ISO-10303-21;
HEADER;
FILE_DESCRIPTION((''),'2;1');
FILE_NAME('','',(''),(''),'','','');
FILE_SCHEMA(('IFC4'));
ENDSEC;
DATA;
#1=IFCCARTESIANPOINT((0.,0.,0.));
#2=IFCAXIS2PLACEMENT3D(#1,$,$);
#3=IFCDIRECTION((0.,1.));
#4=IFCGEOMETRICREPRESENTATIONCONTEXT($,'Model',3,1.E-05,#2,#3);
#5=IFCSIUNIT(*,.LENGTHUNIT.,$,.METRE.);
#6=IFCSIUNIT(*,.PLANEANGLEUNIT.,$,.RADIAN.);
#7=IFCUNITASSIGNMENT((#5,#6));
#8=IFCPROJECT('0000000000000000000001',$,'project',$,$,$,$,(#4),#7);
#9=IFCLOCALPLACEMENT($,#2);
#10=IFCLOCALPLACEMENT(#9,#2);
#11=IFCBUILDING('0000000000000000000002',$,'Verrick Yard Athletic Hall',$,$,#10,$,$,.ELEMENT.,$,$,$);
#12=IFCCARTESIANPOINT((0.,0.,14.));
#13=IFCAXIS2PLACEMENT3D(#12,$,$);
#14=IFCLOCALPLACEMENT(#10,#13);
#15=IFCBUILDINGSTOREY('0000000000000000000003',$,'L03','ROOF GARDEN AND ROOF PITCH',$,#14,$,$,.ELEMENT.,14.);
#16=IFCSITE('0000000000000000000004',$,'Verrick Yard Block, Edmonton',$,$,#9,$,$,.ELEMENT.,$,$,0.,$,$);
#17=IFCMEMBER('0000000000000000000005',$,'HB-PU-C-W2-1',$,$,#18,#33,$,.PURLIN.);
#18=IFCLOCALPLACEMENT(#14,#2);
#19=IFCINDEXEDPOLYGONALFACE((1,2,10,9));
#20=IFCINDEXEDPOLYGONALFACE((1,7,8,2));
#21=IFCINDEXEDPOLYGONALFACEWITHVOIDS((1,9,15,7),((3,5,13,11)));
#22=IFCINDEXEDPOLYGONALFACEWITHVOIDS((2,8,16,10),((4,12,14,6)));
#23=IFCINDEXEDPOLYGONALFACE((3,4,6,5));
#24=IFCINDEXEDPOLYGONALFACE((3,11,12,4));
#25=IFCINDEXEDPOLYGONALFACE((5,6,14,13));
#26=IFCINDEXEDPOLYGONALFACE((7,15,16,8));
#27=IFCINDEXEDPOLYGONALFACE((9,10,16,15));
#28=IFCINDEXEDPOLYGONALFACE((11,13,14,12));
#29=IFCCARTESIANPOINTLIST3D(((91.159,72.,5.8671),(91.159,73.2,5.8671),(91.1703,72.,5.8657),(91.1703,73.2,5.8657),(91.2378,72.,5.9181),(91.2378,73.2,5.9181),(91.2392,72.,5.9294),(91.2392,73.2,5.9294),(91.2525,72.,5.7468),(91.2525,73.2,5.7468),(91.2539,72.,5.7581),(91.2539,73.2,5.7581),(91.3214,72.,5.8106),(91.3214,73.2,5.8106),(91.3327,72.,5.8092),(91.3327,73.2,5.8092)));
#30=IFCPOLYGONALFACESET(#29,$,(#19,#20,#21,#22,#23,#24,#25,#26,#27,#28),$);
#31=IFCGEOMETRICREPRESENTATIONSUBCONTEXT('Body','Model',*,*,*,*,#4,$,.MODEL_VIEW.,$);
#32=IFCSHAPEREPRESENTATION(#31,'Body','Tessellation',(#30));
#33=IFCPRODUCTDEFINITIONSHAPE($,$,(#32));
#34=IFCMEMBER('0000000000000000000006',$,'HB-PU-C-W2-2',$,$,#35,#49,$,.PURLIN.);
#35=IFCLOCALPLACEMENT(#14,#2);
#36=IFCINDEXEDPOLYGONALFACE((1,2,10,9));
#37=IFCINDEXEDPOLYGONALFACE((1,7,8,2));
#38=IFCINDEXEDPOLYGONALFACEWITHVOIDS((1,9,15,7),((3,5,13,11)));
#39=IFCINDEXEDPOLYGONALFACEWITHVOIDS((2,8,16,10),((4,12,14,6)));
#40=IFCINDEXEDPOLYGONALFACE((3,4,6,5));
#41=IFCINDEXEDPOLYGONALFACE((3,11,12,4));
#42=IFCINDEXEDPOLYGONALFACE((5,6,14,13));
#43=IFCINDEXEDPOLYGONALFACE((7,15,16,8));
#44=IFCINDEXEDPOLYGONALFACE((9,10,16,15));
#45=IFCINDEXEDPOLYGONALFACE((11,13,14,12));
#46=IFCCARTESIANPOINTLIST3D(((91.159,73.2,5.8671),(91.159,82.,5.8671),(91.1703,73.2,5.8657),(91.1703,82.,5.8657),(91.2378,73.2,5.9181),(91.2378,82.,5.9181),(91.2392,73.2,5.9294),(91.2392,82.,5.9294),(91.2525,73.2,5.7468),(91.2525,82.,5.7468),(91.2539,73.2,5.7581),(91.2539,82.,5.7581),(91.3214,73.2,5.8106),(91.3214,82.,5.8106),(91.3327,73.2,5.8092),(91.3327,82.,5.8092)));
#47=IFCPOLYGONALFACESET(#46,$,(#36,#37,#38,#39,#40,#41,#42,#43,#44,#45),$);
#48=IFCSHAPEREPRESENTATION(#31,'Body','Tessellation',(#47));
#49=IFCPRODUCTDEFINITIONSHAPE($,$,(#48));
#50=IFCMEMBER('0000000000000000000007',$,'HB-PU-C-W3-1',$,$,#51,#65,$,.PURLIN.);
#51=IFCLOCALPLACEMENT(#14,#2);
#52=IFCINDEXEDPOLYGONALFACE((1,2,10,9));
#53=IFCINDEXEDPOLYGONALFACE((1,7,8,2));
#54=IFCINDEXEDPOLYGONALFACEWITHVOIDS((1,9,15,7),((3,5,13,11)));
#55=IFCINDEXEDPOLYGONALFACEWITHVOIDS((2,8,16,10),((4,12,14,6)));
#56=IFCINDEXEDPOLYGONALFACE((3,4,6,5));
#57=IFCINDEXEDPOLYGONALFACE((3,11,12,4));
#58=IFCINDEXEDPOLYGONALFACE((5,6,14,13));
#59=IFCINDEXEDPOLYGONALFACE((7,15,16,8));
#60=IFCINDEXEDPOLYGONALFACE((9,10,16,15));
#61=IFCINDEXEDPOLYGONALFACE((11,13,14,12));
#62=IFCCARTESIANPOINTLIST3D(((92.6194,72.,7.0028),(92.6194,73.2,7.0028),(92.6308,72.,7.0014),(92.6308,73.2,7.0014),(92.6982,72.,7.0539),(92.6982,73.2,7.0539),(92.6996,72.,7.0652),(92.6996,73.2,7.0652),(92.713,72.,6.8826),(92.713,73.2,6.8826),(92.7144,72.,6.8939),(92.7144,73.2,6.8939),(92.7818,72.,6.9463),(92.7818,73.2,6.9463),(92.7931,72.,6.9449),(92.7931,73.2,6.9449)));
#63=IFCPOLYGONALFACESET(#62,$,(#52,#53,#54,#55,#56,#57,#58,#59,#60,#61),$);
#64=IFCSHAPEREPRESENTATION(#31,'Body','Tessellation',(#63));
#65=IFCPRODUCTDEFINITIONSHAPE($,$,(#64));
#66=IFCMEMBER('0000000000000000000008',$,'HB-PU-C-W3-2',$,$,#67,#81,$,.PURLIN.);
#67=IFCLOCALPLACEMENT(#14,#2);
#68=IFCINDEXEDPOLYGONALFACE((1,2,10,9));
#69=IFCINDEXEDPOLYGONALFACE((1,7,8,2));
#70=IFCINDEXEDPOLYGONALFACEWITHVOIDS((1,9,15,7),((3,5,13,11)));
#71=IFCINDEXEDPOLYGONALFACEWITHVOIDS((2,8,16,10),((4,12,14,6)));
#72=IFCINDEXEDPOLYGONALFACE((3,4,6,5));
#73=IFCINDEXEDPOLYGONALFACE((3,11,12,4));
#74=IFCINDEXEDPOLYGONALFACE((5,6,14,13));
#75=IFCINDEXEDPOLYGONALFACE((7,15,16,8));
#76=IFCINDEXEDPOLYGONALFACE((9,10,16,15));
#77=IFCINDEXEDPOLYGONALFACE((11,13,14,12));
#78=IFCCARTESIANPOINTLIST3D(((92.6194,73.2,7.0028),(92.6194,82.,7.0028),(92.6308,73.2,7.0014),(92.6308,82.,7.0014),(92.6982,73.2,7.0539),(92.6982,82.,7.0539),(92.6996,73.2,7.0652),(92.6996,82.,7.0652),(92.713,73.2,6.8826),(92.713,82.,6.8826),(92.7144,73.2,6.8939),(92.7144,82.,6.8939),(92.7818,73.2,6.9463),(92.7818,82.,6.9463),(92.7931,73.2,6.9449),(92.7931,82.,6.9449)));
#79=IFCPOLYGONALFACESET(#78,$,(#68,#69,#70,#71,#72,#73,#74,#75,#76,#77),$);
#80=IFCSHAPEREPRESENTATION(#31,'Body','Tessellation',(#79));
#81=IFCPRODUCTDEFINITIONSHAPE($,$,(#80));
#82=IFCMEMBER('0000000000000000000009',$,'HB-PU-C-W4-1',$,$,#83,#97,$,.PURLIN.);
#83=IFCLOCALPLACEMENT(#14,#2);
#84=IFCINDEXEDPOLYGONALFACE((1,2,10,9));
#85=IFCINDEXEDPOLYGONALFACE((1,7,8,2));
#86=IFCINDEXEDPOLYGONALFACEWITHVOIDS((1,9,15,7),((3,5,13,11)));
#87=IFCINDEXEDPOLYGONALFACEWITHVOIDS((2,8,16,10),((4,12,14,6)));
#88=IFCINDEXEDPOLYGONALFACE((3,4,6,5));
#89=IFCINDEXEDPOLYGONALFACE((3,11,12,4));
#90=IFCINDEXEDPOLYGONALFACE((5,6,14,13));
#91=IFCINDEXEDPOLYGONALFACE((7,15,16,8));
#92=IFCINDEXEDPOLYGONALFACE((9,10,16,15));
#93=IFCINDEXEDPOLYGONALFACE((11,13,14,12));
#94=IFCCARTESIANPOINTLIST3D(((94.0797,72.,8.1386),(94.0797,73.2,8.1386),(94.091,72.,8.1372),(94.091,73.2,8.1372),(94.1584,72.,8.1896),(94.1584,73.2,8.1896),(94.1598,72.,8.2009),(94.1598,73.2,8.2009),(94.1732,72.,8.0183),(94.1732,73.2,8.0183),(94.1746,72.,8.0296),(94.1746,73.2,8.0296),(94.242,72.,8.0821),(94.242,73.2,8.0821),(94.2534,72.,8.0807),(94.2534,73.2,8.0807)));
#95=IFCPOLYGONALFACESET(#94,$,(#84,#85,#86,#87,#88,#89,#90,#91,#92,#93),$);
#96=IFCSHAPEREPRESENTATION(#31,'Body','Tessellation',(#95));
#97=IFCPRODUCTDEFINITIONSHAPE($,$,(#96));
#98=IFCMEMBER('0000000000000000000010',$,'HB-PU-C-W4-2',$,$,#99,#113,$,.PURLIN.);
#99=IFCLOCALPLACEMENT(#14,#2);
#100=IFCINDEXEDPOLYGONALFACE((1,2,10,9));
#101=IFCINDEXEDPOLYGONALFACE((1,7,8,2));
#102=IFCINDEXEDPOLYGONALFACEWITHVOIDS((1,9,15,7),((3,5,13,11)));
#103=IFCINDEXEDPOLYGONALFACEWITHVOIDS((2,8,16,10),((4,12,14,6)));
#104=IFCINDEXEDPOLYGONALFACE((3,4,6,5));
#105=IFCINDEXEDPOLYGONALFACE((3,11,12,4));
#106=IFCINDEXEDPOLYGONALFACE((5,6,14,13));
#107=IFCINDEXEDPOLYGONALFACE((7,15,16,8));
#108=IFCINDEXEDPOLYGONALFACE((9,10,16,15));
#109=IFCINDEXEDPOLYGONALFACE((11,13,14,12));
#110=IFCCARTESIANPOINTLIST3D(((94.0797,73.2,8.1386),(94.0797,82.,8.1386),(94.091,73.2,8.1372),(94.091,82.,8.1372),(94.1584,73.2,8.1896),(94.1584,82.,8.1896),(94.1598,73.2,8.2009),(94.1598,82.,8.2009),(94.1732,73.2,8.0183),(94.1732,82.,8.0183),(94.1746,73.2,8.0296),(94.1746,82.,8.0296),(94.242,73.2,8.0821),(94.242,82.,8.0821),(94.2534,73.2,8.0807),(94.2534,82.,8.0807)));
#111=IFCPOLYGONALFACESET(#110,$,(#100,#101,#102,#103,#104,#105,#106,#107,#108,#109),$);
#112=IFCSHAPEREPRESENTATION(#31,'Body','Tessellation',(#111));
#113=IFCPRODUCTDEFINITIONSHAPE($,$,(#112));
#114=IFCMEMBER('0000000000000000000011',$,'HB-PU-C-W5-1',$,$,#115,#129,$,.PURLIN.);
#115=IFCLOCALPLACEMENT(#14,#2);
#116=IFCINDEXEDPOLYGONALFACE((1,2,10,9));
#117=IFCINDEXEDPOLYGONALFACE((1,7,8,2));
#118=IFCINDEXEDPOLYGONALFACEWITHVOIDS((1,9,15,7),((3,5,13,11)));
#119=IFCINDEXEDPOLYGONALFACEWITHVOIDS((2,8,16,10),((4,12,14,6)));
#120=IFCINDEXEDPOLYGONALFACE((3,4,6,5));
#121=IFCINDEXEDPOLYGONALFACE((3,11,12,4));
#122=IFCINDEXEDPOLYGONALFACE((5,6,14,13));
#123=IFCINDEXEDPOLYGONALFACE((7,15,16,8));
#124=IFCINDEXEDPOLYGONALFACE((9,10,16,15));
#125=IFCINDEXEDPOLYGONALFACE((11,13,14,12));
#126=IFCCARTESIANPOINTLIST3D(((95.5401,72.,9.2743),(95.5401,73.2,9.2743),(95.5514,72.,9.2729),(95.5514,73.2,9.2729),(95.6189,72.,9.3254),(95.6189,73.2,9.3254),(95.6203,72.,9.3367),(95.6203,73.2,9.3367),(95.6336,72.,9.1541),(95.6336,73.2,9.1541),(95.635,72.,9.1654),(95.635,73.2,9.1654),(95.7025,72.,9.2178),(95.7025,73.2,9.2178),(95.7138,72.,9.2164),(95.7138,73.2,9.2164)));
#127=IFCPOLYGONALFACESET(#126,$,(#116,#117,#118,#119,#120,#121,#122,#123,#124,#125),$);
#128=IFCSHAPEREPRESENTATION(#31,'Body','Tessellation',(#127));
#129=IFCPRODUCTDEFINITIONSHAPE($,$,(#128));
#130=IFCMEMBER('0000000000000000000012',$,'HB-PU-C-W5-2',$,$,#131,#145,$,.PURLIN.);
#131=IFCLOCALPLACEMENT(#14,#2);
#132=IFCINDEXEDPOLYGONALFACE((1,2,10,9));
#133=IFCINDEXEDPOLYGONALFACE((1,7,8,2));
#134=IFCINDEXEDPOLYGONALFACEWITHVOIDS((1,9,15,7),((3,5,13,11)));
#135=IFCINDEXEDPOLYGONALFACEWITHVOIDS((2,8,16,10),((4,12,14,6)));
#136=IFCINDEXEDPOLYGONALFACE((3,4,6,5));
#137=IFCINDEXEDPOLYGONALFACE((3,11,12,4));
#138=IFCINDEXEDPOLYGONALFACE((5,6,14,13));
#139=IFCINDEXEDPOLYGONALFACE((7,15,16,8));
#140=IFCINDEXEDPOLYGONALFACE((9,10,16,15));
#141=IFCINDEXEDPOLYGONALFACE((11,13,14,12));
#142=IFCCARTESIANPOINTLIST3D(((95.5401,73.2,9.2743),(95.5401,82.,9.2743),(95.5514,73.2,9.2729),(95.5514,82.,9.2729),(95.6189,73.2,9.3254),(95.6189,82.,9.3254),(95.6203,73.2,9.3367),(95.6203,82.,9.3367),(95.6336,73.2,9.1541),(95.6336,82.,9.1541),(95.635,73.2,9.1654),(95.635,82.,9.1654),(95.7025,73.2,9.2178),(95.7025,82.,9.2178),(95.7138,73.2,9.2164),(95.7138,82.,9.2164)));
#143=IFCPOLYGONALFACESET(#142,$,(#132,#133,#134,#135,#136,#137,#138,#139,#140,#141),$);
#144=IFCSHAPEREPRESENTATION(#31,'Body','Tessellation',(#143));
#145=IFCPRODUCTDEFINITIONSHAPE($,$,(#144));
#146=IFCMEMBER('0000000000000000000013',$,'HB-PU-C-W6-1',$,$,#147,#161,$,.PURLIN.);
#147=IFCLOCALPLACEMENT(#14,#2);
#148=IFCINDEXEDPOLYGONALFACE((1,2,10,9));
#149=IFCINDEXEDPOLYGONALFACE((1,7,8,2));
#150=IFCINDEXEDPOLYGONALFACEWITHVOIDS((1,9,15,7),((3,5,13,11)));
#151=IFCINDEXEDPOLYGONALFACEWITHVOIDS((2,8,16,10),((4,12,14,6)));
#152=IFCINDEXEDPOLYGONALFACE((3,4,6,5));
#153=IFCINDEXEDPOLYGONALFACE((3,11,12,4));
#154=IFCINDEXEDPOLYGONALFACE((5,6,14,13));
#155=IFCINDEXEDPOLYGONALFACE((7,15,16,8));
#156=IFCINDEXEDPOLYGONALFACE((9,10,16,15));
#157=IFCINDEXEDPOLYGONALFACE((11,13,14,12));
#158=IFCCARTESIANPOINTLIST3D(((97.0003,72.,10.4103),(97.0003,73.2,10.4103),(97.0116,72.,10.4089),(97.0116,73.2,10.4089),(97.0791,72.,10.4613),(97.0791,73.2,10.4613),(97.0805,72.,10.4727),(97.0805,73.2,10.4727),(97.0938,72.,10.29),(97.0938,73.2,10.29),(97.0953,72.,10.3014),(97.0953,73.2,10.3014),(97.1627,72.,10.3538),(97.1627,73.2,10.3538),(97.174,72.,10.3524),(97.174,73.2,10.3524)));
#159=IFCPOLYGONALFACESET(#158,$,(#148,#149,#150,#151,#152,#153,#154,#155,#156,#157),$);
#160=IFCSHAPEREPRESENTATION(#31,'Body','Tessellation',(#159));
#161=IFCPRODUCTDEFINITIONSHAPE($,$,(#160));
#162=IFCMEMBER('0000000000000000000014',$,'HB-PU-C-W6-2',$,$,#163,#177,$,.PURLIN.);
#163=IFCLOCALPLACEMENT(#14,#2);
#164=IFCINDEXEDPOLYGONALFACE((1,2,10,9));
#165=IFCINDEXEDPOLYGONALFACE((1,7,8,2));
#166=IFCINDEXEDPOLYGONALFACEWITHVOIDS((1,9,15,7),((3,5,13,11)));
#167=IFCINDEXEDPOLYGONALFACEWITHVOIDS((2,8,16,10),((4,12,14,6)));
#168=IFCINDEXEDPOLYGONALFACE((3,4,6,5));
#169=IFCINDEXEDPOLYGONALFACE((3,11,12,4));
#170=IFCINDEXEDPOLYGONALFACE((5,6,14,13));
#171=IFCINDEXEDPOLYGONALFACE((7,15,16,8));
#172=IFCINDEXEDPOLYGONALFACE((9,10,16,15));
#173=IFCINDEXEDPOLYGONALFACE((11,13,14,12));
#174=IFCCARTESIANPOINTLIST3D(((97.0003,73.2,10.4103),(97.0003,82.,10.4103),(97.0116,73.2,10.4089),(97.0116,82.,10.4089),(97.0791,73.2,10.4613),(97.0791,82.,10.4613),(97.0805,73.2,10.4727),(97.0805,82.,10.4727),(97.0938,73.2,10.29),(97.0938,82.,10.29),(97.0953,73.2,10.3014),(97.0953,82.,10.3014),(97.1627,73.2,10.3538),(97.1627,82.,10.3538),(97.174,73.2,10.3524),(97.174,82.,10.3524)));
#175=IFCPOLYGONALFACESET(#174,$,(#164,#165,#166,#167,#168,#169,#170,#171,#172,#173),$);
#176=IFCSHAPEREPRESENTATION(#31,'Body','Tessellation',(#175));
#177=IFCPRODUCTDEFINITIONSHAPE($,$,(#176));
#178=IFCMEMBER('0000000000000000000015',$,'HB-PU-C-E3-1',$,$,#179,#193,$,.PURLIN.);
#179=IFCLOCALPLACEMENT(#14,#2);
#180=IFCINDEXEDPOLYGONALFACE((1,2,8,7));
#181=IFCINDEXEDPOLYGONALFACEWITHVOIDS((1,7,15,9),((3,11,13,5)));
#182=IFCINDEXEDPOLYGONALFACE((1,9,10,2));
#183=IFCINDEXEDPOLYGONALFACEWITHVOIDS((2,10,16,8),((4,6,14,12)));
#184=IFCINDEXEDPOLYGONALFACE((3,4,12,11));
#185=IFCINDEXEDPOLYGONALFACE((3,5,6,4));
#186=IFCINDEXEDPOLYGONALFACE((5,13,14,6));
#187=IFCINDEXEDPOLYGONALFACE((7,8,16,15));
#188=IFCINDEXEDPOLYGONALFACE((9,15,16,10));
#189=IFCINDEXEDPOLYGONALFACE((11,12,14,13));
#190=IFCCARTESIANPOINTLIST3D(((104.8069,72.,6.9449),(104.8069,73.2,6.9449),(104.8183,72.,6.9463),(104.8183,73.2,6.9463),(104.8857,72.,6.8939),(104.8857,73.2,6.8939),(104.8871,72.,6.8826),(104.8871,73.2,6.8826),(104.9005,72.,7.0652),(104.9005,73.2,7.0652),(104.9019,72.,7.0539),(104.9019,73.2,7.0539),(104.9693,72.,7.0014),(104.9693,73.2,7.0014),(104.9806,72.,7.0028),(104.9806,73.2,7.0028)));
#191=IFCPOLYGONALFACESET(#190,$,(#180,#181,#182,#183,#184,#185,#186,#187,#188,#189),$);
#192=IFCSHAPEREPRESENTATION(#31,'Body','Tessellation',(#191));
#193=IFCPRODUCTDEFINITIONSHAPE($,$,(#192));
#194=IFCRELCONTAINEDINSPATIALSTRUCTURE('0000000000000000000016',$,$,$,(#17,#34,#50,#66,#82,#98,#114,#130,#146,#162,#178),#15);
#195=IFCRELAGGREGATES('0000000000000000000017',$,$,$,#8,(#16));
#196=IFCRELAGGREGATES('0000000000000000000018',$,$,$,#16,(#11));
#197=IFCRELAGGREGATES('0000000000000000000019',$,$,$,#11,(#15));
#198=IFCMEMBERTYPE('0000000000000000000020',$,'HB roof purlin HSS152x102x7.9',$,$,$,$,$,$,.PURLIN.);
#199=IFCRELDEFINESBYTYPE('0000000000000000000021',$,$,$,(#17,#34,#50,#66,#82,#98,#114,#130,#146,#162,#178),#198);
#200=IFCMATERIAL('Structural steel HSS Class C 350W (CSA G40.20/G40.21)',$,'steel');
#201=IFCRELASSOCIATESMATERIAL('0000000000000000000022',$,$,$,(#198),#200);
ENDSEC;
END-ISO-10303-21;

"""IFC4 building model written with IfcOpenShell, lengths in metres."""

from ifc_helpers import new_model, si_unit, direction, frame, origin, origin_2d, place, context, subcontext, project, spatial, hollow_rectangle, extrude, material, material_profile, profile_set, type_object, element, save


model = new_model("IFC4")

# Units and contexts
model_context = context("Model", 3, precision=1e-05, world=origin(), true_north=direction((0.0, 1.0)))
body_context = subcontext(model_context, "Body", "Model", "MODEL_VIEW")
ifc_project = project(units=[si_unit("LENGTHUNIT", "METRE"), si_unit("PLANEANGLEUNIT", "RADIAN")], contexts=[model_context])

# Site, building, storey
site_placement = place(None, origin())
site = spatial("IfcSite", under=ifc_project, at=site_placement, Name="Verrick Yard Block, Edmonton", CompositionType="ELEMENT", RefElevation=0.0)
building_placement = place(site_placement, origin())
building = spatial("IfcBuilding", under=site, at=building_placement, Name="Verrick Yard Athletic Hall", CompositionType="ELEMENT")
storey_placement = place(building_placement, frame((0.0, 0.0, 14.0)))
storey = spatial("IfcBuildingStorey", under=building, at=storey_placement, Name="L03", Description="ROOF GARDEN AND ROOF PITCH", CompositionType="ELEMENT", Elevation=14.0)

# Members
ifc_material_1 = material(Name="Structural steel HSS Class C 350W (CSA G40.20/G40.21)", Category="steel")
ifc_material_profile_1 = material_profile(ifc_material_1, hollow_rectangle(XDim=0.1016, YDim=0.1523, WallThickness=0.0081, at=origin_2d()), Name="HSS152x102x7.9")
ifc_profile_set_1 = profile_set([ifc_material_profile_1], Name="Structural steel HSS Class C 350W (CSA G40.20/G40.21)")
member_type_1 = type_object("IfcMemberType", Name="HB roof purlin HSS152x102x7.9", PredefinedType="PURLIN", material=ifc_profile_set_1)
member_1_placement = place(storey_placement, frame((91.2458, 72.0, 5.8381), z_axis=(0.0, 1.0, 0.0), x_axis=(-0.789352, 0.0, -0.613941)))
element("IfcMember", 1, at=member_1_placement, inside=storey, type_object=member_type_1, Name="HB-PU-C-W2-1", PredefinedType="PURLIN", context=body_context, shape_type="SweptSolid", body=[
    extrude(hollow_rectangle(XDim=0.1016, YDim=0.1523, WallThickness=0.0081, at=origin_2d()), origin(), (0.0, 0.0, 1.0), 1.2),
])
member_2_placement = place(storey_placement, frame((91.2458, 73.2, 5.8381), z_axis=(0.0, 1.0, 0.0), x_axis=(-0.789352, 0.0, -0.613941)))
element("IfcMember", 2, at=member_2_placement, inside=storey, type_object=member_type_1, Name="HB-PU-C-W2-2", PredefinedType="PURLIN", context=body_context, shape_type="SweptSolid", body=[
    extrude(hollow_rectangle(XDim=0.1016, YDim=0.1523, WallThickness=0.0081, at=origin_2d()), origin(), (0.0, 0.0, 1.0), 8.8),
])
member_3_placement = place(storey_placement, frame((92.7063, 72.0, 6.9739), z_axis=(0.0, 1.0, 0.0), x_axis=(-0.789352, 0.0, -0.613941)))
element("IfcMember", 3, at=member_3_placement, inside=storey, type_object=member_type_1, Name="HB-PU-C-W3-1", PredefinedType="PURLIN", context=body_context, shape_type="SweptSolid", body=[
    extrude(hollow_rectangle(XDim=0.1016, YDim=0.1523, WallThickness=0.0081, at=origin_2d()), origin(), (0.0, 0.0, 1.0), 1.2),
])
member_4_placement = place(storey_placement, frame((92.7063, 73.2, 6.9739), z_axis=(0.0, 1.0, 0.0), x_axis=(-0.789352, 0.0, -0.613941)))
element("IfcMember", 4, at=member_4_placement, inside=storey, type_object=member_type_1, Name="HB-PU-C-W3-2", PredefinedType="PURLIN", context=body_context, shape_type="SweptSolid", body=[
    extrude(hollow_rectangle(XDim=0.1016, YDim=0.1523, WallThickness=0.0081, at=origin_2d()), origin(), (0.0, 0.0, 1.0), 8.8),
])
member_5_placement = place(storey_placement, frame((94.1665, 72.0, 8.1096), z_axis=(0.0, 1.0, 0.0), x_axis=(-0.789352, 0.0, -0.613941)))
element("IfcMember", 5, at=member_5_placement, inside=storey, type_object=member_type_1, Name="HB-PU-C-W4-1", PredefinedType="PURLIN", context=body_context, shape_type="SweptSolid", body=[
    extrude(hollow_rectangle(XDim=0.1016, YDim=0.1523, WallThickness=0.0081, at=origin_2d()), origin(), (0.0, 0.0, 1.0), 1.2),
])
member_6_placement = place(storey_placement, frame((94.1665, 73.2, 8.1096), z_axis=(0.0, 1.0, 0.0), x_axis=(-0.789352, 0.0, -0.613941)))
element("IfcMember", 6, at=member_6_placement, inside=storey, type_object=member_type_1, Name="HB-PU-C-W4-2", PredefinedType="PURLIN", context=body_context, shape_type="SweptSolid", body=[
    extrude(hollow_rectangle(XDim=0.1016, YDim=0.1523, WallThickness=0.0081, at=origin_2d()), origin(), (0.0, 0.0, 1.0), 8.8),
])
member_7_placement = place(storey_placement, frame((95.627, 72.0, 9.2454), z_axis=(0.0, 1.0, 0.0), x_axis=(-0.789352, 0.0, -0.613941)))
element("IfcMember", 7, at=member_7_placement, inside=storey, type_object=member_type_1, Name="HB-PU-C-W5-1", PredefinedType="PURLIN", context=body_context, shape_type="SweptSolid", body=[
    extrude(hollow_rectangle(XDim=0.1016, YDim=0.1523, WallThickness=0.0081, at=origin_2d()), origin(), (0.0, 0.0, 1.0), 1.2),
])
member_8_placement = place(storey_placement, frame((95.627, 73.2, 9.2454), z_axis=(0.0, 1.0, 0.0), x_axis=(-0.789352, 0.0, -0.613941)))
element("IfcMember", 8, at=member_8_placement, inside=storey, type_object=member_type_1, Name="HB-PU-C-W5-2", PredefinedType="PURLIN", context=body_context, shape_type="SweptSolid", body=[
    extrude(hollow_rectangle(XDim=0.1016, YDim=0.1523, WallThickness=0.0081, at=origin_2d()), origin(), (0.0, 0.0, 1.0), 8.8),
])
member_9_placement = place(storey_placement, frame((97.0872, 72.0, 10.3813), z_axis=(0.0, 1.0, 0.0), x_axis=(-0.789352, 0.0, -0.613941)))
element("IfcMember", 9, at=member_9_placement, inside=storey, type_object=member_type_1, Name="HB-PU-C-W6-1", PredefinedType="PURLIN", context=body_context, shape_type="SweptSolid", body=[
    extrude(hollow_rectangle(XDim=0.1016, YDim=0.1523, WallThickness=0.0081, at=origin_2d()), origin(), (0.0, 0.0, 1.0), 1.2),
])
member_10_placement = place(storey_placement, frame((97.0872, 73.2, 10.3813), z_axis=(0.0, 1.0, 0.0), x_axis=(-0.789352, 0.0, -0.613941)))
element("IfcMember", 10, at=member_10_placement, inside=storey, type_object=member_type_1, Name="HB-PU-C-W6-2", PredefinedType="PURLIN", context=body_context, shape_type="SweptSolid", body=[
    extrude(hollow_rectangle(XDim=0.1016, YDim=0.1523, WallThickness=0.0081, at=origin_2d()), origin(), (0.0, 0.0, 1.0), 8.8),
])
for number, where, z_axis, x_axis, name in (
    (11, (104.8938, 72.0, 6.9739), (0.0, 1.0, 0.0), (-0.789352, 0.0, 0.613941), "HB-PU-C-E3-1"),
):
    element("IfcMember", number, at=place(storey_placement, frame(where, z_axis=z_axis, x_axis=x_axis)), inside=storey, type_object=member_type_1, Name=name, PredefinedType="PURLIN", context=body_context, shape_type="SweptSolid", body=[
        extrude(hollow_rectangle(XDim=0.1016, YDim=0.1523, WallThickness=0.0081, at=origin_2d()), origin(), (0.0, 0.0, 1.0), 1.2),
    ])

save(model, "model.ifc")
